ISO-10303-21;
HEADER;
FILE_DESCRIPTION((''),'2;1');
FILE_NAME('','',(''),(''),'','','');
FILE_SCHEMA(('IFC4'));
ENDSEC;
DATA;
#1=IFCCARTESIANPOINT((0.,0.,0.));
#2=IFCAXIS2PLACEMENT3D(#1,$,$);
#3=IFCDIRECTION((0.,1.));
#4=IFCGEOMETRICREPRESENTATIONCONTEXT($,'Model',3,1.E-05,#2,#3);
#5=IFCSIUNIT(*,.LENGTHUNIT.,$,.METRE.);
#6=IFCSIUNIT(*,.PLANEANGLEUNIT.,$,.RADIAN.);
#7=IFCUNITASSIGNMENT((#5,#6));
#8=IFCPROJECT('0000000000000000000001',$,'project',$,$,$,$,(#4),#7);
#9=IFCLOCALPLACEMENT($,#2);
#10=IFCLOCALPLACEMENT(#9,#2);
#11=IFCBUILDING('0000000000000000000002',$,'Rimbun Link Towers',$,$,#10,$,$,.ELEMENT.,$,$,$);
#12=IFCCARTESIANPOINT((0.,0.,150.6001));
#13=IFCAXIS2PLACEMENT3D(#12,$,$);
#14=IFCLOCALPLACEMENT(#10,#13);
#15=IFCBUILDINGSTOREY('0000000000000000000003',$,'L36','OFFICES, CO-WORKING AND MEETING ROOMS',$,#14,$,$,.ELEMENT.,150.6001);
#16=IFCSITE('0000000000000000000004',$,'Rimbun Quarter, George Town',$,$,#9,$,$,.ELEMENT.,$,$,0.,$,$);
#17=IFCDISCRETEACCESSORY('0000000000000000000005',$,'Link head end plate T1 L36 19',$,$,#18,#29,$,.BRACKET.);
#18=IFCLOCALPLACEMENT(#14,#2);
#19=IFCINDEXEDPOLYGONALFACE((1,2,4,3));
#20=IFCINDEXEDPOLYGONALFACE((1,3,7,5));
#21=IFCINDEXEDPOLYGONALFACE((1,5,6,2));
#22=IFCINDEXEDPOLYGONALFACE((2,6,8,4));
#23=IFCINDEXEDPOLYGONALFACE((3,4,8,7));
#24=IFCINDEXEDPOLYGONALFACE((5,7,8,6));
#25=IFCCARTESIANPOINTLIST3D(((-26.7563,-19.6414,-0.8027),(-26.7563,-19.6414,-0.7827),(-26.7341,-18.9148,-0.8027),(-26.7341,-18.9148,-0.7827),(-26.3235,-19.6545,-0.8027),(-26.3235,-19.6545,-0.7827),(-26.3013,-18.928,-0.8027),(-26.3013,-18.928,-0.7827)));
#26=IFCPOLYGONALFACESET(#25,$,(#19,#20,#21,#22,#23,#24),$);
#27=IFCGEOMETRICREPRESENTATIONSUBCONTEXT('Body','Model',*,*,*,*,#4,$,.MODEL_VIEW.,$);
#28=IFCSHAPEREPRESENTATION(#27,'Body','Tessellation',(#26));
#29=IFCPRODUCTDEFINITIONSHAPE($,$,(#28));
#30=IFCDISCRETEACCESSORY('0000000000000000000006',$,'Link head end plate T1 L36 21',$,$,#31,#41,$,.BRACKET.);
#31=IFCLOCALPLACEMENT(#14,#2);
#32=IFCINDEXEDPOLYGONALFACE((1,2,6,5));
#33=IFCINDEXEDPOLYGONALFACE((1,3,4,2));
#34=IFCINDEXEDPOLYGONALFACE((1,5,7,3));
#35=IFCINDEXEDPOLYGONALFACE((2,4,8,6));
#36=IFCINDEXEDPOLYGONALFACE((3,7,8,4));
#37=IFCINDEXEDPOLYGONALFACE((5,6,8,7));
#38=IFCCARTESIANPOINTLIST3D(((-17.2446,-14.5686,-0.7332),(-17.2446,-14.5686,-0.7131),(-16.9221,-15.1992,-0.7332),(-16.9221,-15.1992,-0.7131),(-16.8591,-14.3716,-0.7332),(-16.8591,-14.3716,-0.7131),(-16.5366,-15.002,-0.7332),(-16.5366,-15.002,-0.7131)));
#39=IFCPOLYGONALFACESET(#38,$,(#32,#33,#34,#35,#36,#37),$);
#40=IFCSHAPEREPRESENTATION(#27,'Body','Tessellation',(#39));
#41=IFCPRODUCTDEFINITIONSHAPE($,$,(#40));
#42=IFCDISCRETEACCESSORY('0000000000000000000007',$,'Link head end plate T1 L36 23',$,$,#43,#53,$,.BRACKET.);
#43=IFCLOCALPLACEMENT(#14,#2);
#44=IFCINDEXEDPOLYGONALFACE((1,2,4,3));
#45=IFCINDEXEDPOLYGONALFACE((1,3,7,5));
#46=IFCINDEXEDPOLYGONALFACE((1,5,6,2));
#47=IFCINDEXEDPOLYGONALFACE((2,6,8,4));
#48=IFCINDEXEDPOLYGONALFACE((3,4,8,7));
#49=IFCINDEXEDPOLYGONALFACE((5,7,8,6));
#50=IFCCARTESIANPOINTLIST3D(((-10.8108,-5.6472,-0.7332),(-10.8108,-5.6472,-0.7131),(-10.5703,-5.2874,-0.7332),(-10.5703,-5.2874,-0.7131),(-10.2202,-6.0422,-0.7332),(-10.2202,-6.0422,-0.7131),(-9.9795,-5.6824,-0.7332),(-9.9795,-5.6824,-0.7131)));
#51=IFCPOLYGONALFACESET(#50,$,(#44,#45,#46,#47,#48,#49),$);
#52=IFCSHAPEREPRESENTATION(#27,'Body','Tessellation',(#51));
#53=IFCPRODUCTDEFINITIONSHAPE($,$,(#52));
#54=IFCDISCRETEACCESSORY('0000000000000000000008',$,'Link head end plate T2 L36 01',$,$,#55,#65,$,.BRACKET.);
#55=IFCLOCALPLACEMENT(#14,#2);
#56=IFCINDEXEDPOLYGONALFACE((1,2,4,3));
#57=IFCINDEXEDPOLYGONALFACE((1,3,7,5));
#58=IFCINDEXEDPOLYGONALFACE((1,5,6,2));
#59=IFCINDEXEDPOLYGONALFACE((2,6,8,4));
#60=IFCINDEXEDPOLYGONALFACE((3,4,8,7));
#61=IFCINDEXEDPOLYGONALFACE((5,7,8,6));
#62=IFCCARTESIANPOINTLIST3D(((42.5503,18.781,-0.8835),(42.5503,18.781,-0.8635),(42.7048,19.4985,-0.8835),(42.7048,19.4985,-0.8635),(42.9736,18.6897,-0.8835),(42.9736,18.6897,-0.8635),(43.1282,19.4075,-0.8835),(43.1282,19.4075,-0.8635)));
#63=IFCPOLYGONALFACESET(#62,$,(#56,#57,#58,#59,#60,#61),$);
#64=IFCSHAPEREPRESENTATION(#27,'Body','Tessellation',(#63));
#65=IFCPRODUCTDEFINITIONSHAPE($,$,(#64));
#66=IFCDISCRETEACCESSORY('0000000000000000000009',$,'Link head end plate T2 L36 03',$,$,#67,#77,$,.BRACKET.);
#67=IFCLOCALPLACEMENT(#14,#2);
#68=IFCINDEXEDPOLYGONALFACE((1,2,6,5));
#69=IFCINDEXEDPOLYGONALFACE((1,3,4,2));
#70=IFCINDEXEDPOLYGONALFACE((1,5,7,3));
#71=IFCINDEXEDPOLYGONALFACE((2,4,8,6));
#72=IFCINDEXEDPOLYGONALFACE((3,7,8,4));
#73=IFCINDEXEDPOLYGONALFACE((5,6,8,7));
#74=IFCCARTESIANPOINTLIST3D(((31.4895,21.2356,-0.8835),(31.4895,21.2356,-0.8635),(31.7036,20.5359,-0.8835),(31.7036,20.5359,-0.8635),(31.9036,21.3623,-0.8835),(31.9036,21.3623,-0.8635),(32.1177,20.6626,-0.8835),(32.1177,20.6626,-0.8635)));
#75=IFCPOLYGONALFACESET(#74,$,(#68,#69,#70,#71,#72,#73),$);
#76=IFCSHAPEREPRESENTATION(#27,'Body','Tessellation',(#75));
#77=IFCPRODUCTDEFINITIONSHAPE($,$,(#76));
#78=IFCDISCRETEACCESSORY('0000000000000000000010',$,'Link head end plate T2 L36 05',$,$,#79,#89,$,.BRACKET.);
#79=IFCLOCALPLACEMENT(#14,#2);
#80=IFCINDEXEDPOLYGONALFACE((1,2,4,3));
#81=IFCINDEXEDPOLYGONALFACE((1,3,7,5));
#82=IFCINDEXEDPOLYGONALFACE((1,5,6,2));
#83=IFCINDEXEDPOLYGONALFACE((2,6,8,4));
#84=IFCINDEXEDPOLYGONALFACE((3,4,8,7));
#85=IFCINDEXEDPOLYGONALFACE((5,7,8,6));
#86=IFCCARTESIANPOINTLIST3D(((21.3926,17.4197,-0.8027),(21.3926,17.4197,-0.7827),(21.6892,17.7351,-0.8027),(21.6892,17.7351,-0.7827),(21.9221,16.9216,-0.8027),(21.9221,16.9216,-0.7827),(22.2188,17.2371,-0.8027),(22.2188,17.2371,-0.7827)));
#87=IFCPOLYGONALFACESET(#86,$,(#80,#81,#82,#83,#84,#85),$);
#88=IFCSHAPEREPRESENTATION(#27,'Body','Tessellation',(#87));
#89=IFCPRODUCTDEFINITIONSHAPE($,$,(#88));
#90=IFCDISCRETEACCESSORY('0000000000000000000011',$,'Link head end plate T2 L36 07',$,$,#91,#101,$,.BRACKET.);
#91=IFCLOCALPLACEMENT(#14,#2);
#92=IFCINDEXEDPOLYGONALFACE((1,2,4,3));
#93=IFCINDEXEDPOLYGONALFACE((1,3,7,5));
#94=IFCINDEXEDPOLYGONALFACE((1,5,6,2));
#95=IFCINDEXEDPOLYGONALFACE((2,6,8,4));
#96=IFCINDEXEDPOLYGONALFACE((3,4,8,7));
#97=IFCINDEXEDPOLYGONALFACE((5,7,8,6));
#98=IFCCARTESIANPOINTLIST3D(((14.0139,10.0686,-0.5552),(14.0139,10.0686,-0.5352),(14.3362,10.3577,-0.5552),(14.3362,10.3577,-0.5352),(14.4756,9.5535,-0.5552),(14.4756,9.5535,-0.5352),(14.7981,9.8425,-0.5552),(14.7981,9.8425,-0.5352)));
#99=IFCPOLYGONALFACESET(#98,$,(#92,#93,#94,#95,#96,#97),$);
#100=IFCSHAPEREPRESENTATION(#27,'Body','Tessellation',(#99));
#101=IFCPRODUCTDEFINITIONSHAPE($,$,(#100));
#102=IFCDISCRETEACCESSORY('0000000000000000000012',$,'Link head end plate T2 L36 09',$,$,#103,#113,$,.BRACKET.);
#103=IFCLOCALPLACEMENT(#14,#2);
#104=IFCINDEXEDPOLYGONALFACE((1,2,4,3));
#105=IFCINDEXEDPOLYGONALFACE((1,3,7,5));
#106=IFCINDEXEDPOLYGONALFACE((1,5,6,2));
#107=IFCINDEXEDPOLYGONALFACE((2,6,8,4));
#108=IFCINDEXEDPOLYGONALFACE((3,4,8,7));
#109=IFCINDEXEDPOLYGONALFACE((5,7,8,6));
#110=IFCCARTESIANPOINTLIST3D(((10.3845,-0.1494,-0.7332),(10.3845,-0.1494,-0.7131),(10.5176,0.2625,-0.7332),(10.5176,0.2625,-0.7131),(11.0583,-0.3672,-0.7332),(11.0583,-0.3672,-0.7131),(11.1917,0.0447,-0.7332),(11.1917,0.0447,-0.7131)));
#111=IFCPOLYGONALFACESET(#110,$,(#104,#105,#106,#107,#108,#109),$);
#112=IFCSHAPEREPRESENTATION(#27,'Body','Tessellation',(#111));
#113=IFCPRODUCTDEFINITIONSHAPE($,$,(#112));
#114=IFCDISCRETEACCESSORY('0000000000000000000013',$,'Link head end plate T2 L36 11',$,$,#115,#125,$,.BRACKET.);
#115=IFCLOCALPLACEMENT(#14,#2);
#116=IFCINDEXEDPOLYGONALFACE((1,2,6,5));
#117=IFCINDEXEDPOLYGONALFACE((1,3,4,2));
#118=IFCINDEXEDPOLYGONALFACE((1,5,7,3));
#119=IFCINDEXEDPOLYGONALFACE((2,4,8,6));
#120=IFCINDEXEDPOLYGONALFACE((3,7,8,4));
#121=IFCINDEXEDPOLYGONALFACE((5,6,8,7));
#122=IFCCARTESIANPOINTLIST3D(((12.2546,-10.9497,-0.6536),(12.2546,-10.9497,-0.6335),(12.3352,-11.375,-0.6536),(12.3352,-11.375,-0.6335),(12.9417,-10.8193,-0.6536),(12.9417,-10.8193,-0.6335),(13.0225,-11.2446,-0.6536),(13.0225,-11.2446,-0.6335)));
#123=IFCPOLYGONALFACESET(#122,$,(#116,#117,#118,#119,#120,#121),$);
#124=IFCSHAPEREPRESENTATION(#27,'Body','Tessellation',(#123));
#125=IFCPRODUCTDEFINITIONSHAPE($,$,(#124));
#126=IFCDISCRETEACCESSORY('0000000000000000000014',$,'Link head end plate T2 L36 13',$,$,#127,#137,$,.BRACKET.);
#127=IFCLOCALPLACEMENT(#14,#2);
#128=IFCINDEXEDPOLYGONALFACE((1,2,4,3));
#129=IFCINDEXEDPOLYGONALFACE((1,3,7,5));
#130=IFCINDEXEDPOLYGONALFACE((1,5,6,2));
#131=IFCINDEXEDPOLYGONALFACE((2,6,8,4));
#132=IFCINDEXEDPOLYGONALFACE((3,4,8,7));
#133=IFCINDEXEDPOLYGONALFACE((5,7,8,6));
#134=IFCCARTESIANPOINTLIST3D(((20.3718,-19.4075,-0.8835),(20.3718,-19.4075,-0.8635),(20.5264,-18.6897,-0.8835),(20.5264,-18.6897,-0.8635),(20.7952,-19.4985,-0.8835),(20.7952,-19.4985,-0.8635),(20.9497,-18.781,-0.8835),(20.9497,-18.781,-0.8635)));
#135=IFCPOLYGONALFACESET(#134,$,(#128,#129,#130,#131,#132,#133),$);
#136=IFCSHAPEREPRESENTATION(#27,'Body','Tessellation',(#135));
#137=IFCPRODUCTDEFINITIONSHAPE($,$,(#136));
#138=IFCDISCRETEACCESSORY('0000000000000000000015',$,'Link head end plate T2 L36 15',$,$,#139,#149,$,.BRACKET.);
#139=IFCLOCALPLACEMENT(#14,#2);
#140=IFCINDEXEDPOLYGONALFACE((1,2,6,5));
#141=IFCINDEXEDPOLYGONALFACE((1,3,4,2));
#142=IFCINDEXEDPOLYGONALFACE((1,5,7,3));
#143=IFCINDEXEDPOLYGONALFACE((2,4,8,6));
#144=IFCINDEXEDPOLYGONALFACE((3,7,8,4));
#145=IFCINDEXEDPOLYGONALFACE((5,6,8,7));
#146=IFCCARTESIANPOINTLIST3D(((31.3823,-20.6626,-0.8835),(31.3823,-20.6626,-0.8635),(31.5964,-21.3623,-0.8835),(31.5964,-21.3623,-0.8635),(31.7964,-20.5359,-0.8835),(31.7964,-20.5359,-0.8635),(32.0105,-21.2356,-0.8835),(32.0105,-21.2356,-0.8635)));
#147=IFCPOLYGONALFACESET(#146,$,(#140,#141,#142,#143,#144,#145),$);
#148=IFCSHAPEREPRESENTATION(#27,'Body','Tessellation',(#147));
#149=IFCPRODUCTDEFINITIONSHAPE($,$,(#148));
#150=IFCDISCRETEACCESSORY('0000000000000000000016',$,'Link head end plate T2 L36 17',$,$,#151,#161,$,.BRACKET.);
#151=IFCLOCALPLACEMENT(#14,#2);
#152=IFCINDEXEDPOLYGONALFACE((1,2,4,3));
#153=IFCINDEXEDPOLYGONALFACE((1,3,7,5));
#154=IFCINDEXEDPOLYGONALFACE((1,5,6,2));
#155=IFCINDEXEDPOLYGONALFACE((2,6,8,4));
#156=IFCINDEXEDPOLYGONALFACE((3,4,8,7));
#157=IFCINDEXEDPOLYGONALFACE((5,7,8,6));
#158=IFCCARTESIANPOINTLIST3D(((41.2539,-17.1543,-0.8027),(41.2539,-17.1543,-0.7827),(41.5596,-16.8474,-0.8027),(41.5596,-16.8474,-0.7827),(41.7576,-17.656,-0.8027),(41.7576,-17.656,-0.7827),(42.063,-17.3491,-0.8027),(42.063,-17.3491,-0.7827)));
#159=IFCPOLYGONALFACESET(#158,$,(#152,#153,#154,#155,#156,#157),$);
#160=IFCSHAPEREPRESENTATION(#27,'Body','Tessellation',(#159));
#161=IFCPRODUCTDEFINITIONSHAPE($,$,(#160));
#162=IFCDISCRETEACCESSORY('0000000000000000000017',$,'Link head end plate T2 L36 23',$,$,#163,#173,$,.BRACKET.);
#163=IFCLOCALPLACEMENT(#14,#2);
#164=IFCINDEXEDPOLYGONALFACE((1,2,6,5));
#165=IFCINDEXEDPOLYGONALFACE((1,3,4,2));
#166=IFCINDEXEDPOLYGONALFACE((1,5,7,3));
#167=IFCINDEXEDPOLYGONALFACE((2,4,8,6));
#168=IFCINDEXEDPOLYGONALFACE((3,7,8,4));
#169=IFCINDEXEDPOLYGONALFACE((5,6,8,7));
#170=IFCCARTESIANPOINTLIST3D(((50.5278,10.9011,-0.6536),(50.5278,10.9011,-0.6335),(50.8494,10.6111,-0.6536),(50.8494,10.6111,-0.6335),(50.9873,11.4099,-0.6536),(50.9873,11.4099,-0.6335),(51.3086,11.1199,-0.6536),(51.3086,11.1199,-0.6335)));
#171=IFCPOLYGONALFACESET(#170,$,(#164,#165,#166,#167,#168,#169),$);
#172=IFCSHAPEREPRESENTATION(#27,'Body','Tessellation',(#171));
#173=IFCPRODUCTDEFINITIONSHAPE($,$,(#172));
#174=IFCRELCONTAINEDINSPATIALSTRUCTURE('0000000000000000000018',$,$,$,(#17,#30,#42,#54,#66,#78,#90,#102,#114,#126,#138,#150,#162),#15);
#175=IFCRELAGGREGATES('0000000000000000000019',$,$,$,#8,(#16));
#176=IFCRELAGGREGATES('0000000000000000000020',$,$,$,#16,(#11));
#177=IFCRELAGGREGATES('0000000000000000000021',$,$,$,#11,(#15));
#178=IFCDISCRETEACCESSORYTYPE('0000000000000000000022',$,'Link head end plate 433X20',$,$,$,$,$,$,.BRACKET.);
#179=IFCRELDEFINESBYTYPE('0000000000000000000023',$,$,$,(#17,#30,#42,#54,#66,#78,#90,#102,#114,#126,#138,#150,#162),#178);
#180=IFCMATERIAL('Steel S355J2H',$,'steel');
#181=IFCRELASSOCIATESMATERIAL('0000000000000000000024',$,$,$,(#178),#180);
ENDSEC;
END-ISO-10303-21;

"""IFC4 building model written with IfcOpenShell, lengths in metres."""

from ifc_helpers import new_model, si_unit, direction, frame, origin, origin_2d, place, context, subcontext, project, spatial, polyline, rectangle, outline, extrude, material, material_profile, profile_set, type_object, element, save


model = new_model("IFC4")

# Units and contexts
model_context = context("Model", 3, precision=1e-05, world=origin(), true_north=direction((0.0, 1.0)))
body_context = subcontext(model_context, "Body", "Model", "MODEL_VIEW")
ifc_project = project(units=[si_unit("LENGTHUNIT", "METRE"), si_unit("PLANEANGLEUNIT", "RADIAN")], contexts=[model_context])

# Site, building, storey
site_placement = place(None, origin())
site = spatial("IfcSite", under=ifc_project, at=site_placement, Name="Rimbun Quarter, George Town", CompositionType="ELEMENT", RefElevation=0.0)
building_placement = place(site_placement, origin())
building = spatial("IfcBuilding", under=site, at=building_placement, Name="Rimbun Link Towers", CompositionType="ELEMENT")
storey_placement = place(building_placement, frame((0.0, 0.0, 150.6001)))
storey = spatial("IfcBuildingStorey", under=building, at=storey_placement, Name="L36", Description="OFFICES, CO-WORKING AND MEETING ROOMS", CompositionType="ELEMENT", Elevation=150.6001)

# Discrete accessories
ifc_material_1 = material(Name="Steel S355J2H", Category="steel")
ifc_material_profile_1 = material_profile(ifc_material_1, rectangle(XDim=0.4331, YDim=0.4331, at=origin_2d()), Name="PL 433x433")
ifc_profile_set_1 = profile_set([ifc_material_profile_1], Name="Steel S355J2H")
discrete_accessory_type = type_object("IfcDiscreteAccessoryType", Name="Link head end plate 433X20", PredefinedType="BRACKET", material=ifc_profile_set_1)
discrete_accessory_1_placement = place(storey_placement, frame((0.0, 0.0, -0.8027)))
element("IfcDiscreteAccessory", 1, at=discrete_accessory_1_placement, inside=storey, type_object=discrete_accessory_type, Name="Link head end plate T1 L36 19", PredefinedType="BRACKET", context=body_context, shape_type="SweptSolid", body=[
    extrude(outline(polyline([(-26.7341, -18.9148), (-26.7563, -19.6414), (-26.3235, -19.6545), (-26.3013, -18.928), (-26.7341, -18.9148)])), origin(), (0.0, 0.0, 1.0), 0.02),
])
discrete_accessory_2_placement = place(storey_placement, frame((0.0, 0.0, -0.7332)))
element("IfcDiscreteAccessory", 2, at=discrete_accessory_2_placement, inside=storey, type_object=discrete_accessory_type, Name="Link head end plate T1 L36 21", PredefinedType="BRACKET", context=body_context, shape_type="SweptSolid", body=[
    extrude(outline(polyline([(-17.2446, -14.5686), (-16.9221, -15.1992), (-16.5366, -15.002), (-16.8591, -14.3716), (-17.2446, -14.5686)])), origin(), (0.0, 0.0, 1.0), 0.02),
])
discrete_accessory_3_placement = place(storey_placement, frame((0.0, 0.0, -0.7332)))
element("IfcDiscreteAccessory", 3, at=discrete_accessory_3_placement, inside=storey, type_object=discrete_accessory_type, Name="Link head end plate T1 L36 23", PredefinedType="BRACKET", context=body_context, shape_type="SweptSolid", body=[
    extrude(outline(polyline([(-10.8108, -5.6472), (-10.2202, -6.0422), (-9.9795, -5.6824), (-10.5703, -5.2874), (-10.8108, -5.6472)])), origin(), (0.0, 0.0, 1.0), 0.02),
])
discrete_accessory_4_placement = place(storey_placement, frame((0.0, 0.0, -0.8835)))
element("IfcDiscreteAccessory", 4, at=discrete_accessory_4_placement, inside=storey, type_object=discrete_accessory_type, Name="Link head end plate T2 L36 01", PredefinedType="BRACKET", context=body_context, shape_type="SweptSolid", body=[
    extrude(outline(polyline([(42.9736, 18.6897), (43.1282, 19.4075), (42.7048, 19.4985), (42.5503, 18.781), (42.9736, 18.6897)])), origin(), (0.0, 0.0, 1.0), 0.02),
])
discrete_accessory_5_placement = place(storey_placement, frame((0.0, 0.0, -0.8835)))
element("IfcDiscreteAccessory", 5, at=discrete_accessory_5_placement, inside=storey, type_object=discrete_accessory_type, Name="Link head end plate T2 L36 03", PredefinedType="BRACKET", context=body_context, shape_type="SweptSolid", body=[
    extrude(outline(polyline([(32.1177, 20.6626), (31.9036, 21.3623), (31.4895, 21.2356), (31.7036, 20.5359), (32.1177, 20.6626)])), origin(), (0.0, 0.0, 1.0), 0.02),
])
discrete_accessory_6_placement = place(storey_placement, frame((0.0, 0.0, -0.8027)))
element("IfcDiscreteAccessory", 6, at=discrete_accessory_6_placement, inside=storey, type_object=discrete_accessory_type, Name="Link head end plate T2 L36 05", PredefinedType="BRACKET", context=body_context, shape_type="SweptSolid", body=[
    extrude(outline(polyline([(22.2188, 17.2371), (21.6892, 17.7351), (21.3926, 17.4197), (21.9221, 16.9216), (22.2188, 17.2371)])), origin(), (0.0, 0.0, 1.0), 0.02),
])
discrete_accessory_7_placement = place(storey_placement, frame((0.0, 0.0, -0.5552)))
element("IfcDiscreteAccessory", 7, at=discrete_accessory_7_placement, inside=storey, type_object=discrete_accessory_type, Name="Link head end plate T2 L36 07", PredefinedType="BRACKET", context=body_context, shape_type="SweptSolid", body=[
    extrude(outline(polyline([(14.7981, 9.8425), (14.3362, 10.3577), (14.0139, 10.0686), (14.4756, 9.5535), (14.7981, 9.8425)])), origin(), (0.0, 0.0, 1.0), 0.02),
])
discrete_accessory_8_placement = place(storey_placement, frame((0.0, 0.0, -0.7332)))
element("IfcDiscreteAccessory", 8, at=discrete_accessory_8_placement, inside=storey, type_object=discrete_accessory_type, Name="Link head end plate T2 L36 09", PredefinedType="BRACKET", context=body_context, shape_type="SweptSolid", body=[
    extrude(outline(polyline([(11.1917, 0.0447), (10.5176, 0.2625), (10.3845, -0.1494), (11.0583, -0.3672), (11.1917, 0.0447)])), origin(), (0.0, 0.0, 1.0), 0.02),
])
discrete_accessory_9_placement = place(storey_placement, frame((0.0, 0.0, -0.6536)))
element("IfcDiscreteAccessory", 9, at=discrete_accessory_9_placement, inside=storey, type_object=discrete_accessory_type, Name="Link head end plate T2 L36 11", PredefinedType="BRACKET", context=body_context, shape_type="SweptSolid", body=[
    extrude(outline(polyline([(12.9417, -10.8193), (12.2546, -10.9497), (12.3352, -11.375), (13.0225, -11.2446), (12.9417, -10.8193)])), origin(), (0.0, 0.0, 1.0), 0.02),
])
discrete_accessory_10_placement = place(storey_placement, frame((0.0, 0.0, -0.8835)))
element("IfcDiscreteAccessory", 10, at=discrete_accessory_10_placement, inside=storey, type_object=discrete_accessory_type, Name="Link head end plate T2 L36 13", PredefinedType="BRACKET", context=body_context, shape_type="SweptSolid", body=[
    extrude(outline(polyline([(20.5264, -18.6897), (20.3718, -19.4075), (20.7952, -19.4985), (20.9497, -18.781), (20.5264, -18.6897)])), origin(), (0.0, 0.0, 1.0), 0.02),
])
discrete_accessory_11_placement = place(storey_placement, frame((0.0, 0.0, -0.8835)))
element("IfcDiscreteAccessory", 11, at=discrete_accessory_11_placement, inside=storey, type_object=discrete_accessory_type, Name="Link head end plate T2 L36 15", PredefinedType="BRACKET", context=body_context, shape_type="SweptSolid", body=[
    extrude(outline(polyline([(31.3823, -20.6626), (31.5964, -21.3623), (32.0105, -21.2356), (31.7964, -20.5359), (31.3823, -20.6626)])), origin(), (0.0, 0.0, 1.0), 0.02),
])
discrete_accessory_12_placement = place(storey_placement, frame((0.0, 0.0, -0.8027)))
element("IfcDiscreteAccessory", 12, at=discrete_accessory_12_placement, inside=storey, type_object=discrete_accessory_type, Name="Link head end plate T2 L36 17", PredefinedType="BRACKET", context=body_context, shape_type="SweptSolid", body=[
    extrude(outline(polyline([(41.2539, -17.1543), (41.7576, -17.656), (42.063, -17.3491), (41.5596, -16.8474), (41.2539, -17.1543)])), origin(), (0.0, 0.0, 1.0), 0.02),
])
discrete_accessory_13_placement = place(storey_placement, frame((0.0, 0.0, -0.6536)))
element("IfcDiscreteAccessory", 13, at=discrete_accessory_13_placement, inside=storey, type_object=discrete_accessory_type, Name="Link head end plate T2 L36 23", PredefinedType="BRACKET", context=body_context, shape_type="SweptSolid", body=[
    extrude(outline(polyline([(50.8494, 10.6111), (51.3086, 11.1199), (50.9873, 11.4099), (50.5278, 10.9011), (50.8494, 10.6111)])), origin(), (0.0, 0.0, 1.0), 0.02),
])

save(model, "model.ifc")
